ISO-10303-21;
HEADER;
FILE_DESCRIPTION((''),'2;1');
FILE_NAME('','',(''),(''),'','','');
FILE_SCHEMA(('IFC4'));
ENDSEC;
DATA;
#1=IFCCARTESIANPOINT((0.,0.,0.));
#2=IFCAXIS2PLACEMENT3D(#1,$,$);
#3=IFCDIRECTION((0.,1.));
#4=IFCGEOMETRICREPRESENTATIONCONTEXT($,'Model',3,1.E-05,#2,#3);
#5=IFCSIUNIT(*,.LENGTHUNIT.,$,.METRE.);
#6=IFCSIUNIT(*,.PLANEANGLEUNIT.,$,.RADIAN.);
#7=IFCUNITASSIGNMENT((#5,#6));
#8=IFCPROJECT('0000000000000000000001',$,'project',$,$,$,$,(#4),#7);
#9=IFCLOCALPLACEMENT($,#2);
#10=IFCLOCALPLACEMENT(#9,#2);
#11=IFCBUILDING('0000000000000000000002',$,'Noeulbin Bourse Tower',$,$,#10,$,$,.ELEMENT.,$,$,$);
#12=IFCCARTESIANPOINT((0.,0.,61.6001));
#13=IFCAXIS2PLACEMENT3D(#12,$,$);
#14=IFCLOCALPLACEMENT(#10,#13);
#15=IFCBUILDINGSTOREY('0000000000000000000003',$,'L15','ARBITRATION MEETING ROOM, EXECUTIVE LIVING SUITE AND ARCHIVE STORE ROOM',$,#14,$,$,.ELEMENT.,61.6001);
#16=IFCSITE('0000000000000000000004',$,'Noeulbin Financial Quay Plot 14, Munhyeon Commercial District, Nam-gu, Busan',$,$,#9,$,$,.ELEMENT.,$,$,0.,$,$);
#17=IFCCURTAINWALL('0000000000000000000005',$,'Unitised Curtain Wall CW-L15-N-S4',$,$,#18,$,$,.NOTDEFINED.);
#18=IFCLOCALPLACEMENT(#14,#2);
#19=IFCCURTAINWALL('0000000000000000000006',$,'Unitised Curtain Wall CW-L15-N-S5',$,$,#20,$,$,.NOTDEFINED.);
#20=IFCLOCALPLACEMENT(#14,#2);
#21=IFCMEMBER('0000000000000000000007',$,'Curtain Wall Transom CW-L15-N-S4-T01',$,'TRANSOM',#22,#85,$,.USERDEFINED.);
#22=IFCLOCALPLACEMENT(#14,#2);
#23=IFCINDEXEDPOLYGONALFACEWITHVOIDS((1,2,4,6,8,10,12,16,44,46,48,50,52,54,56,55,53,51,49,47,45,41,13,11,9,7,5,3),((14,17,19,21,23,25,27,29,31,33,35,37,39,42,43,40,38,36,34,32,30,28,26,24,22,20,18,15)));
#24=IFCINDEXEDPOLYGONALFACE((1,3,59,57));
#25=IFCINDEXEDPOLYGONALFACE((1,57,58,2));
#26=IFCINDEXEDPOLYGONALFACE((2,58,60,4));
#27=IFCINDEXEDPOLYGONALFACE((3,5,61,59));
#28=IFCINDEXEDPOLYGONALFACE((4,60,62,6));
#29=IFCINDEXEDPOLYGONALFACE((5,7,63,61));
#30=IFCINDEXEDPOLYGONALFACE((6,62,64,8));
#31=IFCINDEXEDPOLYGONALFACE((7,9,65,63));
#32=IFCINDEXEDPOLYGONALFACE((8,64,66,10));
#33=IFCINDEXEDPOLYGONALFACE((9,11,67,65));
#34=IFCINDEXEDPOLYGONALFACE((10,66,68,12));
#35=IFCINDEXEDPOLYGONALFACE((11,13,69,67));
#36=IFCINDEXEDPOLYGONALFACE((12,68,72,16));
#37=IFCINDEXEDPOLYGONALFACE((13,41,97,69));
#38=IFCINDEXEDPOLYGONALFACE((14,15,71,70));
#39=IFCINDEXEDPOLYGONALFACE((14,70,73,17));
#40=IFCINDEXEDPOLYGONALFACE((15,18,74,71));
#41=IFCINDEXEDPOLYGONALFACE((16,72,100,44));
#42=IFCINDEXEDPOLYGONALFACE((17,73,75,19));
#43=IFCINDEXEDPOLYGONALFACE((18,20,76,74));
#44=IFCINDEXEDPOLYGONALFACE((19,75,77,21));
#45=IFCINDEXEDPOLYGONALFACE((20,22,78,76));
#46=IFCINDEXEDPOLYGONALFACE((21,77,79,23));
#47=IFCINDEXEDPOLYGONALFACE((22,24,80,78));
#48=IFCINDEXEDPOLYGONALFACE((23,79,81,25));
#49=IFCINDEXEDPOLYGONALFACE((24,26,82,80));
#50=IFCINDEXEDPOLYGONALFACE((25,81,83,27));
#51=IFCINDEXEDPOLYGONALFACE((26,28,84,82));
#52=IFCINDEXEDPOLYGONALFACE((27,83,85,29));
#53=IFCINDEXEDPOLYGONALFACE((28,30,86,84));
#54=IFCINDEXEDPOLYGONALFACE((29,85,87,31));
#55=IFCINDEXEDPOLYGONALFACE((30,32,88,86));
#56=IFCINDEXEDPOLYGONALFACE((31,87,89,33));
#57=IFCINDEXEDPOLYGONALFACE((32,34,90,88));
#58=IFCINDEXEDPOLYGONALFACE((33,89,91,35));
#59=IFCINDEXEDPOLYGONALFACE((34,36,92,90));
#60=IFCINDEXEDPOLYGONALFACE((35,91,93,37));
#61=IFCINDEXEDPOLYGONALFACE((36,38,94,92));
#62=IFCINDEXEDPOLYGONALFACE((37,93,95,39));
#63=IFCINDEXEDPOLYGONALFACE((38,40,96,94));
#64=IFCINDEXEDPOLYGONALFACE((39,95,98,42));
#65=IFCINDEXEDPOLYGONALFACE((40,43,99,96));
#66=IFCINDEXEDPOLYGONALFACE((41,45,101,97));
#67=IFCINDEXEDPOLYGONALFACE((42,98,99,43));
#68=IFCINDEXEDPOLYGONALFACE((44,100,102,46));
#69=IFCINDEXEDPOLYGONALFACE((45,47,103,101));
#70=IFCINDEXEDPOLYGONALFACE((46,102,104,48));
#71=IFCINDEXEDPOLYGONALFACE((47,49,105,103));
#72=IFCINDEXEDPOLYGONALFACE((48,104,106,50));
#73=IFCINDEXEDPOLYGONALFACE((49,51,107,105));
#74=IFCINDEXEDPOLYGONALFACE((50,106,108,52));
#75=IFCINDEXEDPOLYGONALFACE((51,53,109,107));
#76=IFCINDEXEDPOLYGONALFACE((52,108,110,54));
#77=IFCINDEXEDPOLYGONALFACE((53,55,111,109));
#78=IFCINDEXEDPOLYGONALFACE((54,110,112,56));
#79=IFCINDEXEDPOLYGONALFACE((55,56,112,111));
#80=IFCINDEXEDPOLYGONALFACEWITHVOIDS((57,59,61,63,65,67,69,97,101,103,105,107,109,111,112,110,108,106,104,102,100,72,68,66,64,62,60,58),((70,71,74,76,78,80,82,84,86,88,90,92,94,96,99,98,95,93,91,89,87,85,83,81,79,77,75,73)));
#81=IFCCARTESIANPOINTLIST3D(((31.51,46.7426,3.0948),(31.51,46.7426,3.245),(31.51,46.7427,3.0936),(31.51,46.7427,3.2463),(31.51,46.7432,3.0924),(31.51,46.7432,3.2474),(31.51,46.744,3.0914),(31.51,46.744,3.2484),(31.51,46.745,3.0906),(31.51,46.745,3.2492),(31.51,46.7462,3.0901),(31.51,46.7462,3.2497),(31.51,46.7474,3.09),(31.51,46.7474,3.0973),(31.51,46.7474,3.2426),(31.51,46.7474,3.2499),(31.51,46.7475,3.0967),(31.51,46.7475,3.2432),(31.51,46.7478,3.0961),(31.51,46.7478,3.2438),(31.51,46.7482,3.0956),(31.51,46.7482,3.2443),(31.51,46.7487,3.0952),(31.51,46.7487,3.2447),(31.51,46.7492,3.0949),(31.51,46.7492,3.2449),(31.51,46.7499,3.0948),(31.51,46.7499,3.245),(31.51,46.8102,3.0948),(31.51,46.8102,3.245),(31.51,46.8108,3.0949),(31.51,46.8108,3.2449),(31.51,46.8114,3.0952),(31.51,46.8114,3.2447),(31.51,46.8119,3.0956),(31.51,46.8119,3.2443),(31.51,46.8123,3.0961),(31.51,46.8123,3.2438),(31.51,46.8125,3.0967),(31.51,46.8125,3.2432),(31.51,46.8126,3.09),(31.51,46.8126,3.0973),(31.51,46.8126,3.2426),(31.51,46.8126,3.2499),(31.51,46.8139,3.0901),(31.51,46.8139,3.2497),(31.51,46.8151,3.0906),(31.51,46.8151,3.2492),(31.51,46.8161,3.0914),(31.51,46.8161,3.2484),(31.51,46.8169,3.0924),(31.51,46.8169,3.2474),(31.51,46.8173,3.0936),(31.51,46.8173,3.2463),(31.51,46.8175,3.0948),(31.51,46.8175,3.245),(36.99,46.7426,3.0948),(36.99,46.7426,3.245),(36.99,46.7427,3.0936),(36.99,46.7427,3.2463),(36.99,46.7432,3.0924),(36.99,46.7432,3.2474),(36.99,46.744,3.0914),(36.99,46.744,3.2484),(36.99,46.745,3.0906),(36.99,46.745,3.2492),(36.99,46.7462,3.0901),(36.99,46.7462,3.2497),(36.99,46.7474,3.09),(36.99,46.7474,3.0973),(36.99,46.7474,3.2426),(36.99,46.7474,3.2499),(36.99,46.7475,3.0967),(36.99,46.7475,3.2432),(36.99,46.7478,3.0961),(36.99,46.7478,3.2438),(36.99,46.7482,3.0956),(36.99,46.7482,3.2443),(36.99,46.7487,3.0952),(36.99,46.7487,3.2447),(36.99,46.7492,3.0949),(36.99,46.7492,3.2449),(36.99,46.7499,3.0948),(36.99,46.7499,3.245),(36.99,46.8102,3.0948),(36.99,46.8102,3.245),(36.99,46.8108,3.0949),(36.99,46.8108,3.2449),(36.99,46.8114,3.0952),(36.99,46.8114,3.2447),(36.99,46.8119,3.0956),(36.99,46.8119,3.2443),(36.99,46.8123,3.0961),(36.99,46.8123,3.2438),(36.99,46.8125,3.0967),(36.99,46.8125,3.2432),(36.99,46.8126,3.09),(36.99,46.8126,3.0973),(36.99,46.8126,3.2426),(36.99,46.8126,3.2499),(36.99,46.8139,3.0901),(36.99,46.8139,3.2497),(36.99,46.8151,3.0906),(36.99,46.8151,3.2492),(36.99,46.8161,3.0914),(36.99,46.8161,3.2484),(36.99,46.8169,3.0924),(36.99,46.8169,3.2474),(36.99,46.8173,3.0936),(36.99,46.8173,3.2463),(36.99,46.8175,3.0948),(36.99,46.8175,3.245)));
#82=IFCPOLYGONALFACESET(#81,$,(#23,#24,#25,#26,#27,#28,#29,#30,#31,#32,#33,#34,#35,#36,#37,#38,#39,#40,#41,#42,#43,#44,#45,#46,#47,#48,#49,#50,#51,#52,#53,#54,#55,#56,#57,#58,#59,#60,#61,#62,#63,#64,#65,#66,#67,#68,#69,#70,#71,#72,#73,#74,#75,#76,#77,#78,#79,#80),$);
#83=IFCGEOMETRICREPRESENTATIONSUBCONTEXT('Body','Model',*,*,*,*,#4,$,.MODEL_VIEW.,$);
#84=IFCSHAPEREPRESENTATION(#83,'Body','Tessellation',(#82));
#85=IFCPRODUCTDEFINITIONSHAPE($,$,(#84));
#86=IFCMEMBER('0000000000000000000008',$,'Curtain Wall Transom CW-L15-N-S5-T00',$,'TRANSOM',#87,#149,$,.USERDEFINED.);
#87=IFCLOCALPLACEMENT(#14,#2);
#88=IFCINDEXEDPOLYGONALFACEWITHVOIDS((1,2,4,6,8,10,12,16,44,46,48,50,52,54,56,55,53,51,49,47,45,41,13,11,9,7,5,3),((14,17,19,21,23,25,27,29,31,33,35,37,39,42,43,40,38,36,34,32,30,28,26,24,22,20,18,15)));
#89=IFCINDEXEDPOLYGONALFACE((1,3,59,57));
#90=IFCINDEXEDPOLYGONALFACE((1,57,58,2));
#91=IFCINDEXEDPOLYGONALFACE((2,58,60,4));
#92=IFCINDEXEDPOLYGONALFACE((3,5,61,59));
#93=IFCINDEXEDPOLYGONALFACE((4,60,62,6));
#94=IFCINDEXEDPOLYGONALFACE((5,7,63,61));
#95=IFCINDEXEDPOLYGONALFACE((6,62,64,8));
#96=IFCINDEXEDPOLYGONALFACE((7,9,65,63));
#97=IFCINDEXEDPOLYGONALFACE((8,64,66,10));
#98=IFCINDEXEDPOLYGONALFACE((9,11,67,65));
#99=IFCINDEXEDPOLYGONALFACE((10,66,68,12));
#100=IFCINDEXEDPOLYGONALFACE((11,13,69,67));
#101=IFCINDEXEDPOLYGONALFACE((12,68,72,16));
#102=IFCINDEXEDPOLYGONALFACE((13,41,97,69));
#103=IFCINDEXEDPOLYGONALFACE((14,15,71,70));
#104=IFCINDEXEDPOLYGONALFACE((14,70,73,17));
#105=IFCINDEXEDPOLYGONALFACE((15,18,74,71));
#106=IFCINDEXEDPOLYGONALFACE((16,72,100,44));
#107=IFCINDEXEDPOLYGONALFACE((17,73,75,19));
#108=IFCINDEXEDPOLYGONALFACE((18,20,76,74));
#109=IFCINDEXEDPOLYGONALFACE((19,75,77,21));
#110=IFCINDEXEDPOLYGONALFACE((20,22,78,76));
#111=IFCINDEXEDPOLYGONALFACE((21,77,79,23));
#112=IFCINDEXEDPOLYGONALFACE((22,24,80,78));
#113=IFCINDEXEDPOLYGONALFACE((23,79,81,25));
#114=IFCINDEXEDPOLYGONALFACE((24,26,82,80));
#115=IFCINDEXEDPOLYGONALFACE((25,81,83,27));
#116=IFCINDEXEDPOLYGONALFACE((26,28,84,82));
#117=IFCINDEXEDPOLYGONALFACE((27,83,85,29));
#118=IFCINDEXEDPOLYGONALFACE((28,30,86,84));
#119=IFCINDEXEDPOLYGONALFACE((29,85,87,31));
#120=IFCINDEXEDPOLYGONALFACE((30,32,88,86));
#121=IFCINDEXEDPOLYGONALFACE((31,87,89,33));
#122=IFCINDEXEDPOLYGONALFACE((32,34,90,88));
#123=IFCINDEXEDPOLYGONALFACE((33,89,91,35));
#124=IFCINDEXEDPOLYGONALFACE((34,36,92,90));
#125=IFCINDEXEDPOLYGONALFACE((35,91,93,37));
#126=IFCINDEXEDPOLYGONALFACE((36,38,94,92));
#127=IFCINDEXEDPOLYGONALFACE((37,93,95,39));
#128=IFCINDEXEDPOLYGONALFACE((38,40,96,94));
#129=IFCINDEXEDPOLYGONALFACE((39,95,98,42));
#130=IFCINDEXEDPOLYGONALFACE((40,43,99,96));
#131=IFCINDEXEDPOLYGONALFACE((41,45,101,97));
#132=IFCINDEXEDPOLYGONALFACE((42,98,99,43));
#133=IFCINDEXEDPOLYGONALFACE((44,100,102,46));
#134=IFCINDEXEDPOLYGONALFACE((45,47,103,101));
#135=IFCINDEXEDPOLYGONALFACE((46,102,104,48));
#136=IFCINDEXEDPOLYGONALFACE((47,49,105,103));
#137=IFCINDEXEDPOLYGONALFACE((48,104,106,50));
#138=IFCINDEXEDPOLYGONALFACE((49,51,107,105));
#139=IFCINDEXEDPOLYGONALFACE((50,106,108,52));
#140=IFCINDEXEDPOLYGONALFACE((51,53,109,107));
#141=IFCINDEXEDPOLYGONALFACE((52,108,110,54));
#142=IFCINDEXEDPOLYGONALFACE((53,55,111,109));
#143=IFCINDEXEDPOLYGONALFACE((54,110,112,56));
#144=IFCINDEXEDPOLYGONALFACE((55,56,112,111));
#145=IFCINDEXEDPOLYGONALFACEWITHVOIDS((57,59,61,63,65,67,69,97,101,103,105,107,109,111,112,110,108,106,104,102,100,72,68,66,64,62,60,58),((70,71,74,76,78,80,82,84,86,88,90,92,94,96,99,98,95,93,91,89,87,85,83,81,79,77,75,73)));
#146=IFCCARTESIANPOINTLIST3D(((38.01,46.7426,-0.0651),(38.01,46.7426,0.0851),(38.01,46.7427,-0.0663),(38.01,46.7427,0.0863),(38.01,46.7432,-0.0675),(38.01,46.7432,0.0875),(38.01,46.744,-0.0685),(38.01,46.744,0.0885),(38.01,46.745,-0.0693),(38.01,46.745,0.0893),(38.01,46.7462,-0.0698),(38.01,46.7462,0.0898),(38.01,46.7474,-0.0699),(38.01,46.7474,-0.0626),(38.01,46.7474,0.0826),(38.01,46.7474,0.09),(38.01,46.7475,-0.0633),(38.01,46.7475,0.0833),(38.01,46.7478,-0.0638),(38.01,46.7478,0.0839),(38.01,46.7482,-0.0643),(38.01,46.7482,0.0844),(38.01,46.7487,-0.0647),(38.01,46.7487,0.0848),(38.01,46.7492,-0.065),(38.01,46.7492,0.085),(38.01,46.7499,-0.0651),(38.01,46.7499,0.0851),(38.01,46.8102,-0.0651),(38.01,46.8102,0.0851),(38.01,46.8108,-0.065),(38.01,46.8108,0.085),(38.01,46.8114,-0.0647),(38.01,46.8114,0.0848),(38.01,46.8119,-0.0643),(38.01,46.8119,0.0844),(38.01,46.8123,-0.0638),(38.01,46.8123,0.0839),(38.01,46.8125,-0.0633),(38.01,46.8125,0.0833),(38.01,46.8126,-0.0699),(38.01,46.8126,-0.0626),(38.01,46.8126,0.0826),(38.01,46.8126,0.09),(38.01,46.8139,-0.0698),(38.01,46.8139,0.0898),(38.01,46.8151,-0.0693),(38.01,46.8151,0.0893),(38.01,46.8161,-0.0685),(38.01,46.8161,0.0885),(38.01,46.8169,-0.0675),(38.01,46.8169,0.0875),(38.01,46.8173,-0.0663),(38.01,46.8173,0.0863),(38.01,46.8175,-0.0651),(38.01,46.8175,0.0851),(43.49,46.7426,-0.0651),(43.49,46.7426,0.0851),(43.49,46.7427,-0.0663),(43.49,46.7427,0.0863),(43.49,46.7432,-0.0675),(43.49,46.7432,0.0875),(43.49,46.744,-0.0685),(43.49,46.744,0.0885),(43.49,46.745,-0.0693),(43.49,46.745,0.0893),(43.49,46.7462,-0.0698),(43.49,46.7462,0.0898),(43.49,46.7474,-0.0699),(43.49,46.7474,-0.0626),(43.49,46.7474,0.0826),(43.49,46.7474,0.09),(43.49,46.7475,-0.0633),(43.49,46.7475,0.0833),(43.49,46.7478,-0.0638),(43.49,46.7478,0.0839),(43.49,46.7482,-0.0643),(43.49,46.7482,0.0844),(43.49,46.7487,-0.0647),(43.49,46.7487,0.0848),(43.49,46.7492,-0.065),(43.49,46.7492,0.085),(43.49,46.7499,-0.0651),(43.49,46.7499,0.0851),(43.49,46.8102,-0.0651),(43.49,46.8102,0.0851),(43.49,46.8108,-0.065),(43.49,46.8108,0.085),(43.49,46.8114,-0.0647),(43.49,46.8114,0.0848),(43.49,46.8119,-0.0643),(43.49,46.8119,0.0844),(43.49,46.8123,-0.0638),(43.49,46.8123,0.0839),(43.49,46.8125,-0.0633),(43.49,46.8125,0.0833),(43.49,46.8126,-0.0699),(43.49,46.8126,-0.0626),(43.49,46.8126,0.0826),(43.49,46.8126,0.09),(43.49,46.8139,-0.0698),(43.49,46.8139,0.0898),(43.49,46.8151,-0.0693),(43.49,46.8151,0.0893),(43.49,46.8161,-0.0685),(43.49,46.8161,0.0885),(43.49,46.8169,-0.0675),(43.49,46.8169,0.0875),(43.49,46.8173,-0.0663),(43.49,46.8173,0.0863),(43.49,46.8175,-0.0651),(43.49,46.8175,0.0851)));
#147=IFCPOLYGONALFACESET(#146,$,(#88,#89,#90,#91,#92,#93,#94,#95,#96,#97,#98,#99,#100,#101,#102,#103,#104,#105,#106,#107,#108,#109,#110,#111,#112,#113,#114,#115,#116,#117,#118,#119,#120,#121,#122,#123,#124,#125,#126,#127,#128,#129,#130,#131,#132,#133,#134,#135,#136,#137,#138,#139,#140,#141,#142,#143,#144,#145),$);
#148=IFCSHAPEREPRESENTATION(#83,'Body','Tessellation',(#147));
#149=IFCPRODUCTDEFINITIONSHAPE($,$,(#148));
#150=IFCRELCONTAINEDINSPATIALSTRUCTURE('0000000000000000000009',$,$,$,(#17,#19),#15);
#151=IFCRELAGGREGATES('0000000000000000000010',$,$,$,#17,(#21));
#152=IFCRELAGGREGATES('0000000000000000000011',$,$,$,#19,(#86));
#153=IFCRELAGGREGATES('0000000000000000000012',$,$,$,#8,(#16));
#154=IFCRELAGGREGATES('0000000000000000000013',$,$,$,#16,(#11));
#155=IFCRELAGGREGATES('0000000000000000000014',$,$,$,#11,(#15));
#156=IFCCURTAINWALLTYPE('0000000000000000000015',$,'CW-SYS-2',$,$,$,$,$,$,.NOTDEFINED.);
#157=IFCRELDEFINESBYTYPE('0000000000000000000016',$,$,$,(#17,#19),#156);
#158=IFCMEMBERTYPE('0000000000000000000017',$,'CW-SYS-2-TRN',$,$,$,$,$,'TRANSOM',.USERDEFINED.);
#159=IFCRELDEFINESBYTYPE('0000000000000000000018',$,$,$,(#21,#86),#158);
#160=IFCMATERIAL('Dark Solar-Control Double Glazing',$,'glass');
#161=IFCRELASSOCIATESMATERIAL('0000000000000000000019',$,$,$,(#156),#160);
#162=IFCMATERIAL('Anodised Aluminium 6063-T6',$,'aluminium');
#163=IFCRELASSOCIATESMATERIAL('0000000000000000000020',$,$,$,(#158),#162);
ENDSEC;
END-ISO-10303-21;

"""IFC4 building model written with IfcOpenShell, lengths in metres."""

from ifc_helpers import new_model, si_unit, direction, frame, origin, origin_2d, place, context, subcontext, project, spatial, hollow_rectangle, extrude, material, material_profile, profile_set, type_object, element, aggregate, save


model = new_model("IFC4")

# Units and contexts
model_context = context("Model", 3, precision=1e-05, world=origin(), true_north=direction((0.0, 1.0)))
body_context = subcontext(model_context, "Body", "Model", "MODEL_VIEW")
ifc_project = project(units=[si_unit("LENGTHUNIT", "METRE"), si_unit("PLANEANGLEUNIT", "RADIAN")], contexts=[model_context])

# Site, building, storey
site_placement = place(None, origin())
site = spatial("IfcSite", under=ifc_project, at=site_placement, Name="Noeulbin Financial Quay Plot 14, Munhyeon Commercial District, Nam-gu, Busan", CompositionType="ELEMENT", RefElevation=0.0)
building_placement = place(site_placement, origin())
building = spatial("IfcBuilding", under=site, at=building_placement, Name="Noeulbin Bourse Tower", CompositionType="ELEMENT")
storey_placement = place(building_placement, frame((0.0, 0.0, 61.6001)))
storey = spatial("IfcBuildingStorey", under=building, at=storey_placement, Name="L15", Description="ARBITRATION MEETING ROOM, EXECUTIVE LIVING SUITE AND ARCHIVE STORE ROOM", CompositionType="ELEMENT", Elevation=61.6001)

# Shared definitions
ifc_material_1 = material(Name="Dark Solar-Control Double Glazing", Category="glass")
curtain_wall_type = type_object("IfcCurtainWallType", Name="CW-SYS-2", PredefinedType="NOTDEFINED", material=ifc_material_1)
ifc_material_2 = material(Name="Anodised Aluminium 6063-T6", Category="aluminium")

# Curtain wall
curtain_wall_1_placement = place(storey_placement, origin())
curtain_wall_1 = element("IfcCurtainWall", 1, at=curtain_wall_1_placement, inside=storey, type_object=curtain_wall_type, Name="Unitised Curtain Wall CW-L15-N-S4", PredefinedType="NOTDEFINED")

# Curtain wall
curtain_wall_2_placement = place(storey_placement, origin())
curtain_wall_2 = element("IfcCurtainWall", 2, at=curtain_wall_2_placement, inside=storey, type_object=curtain_wall_type, Name="Unitised Curtain Wall CW-L15-N-S5", PredefinedType="NOTDEFINED")

# Members
ifc_material_profile_1 = material_profile(ifc_material_2, hollow_rectangle(XDim=0.075, YDim=0.1599, WallThickness=0.0049, InnerFilletRadius=0.0024, OuterFilletRadius=0.0049, at=origin_2d()), Name="ALU-TRAN-75x160x5", Category="LoadBearing")
ifc_profile_set_1 = profile_set([ifc_material_profile_1], Name="Anodised Aluminium 6063-T6")
member_type_1 = type_object("IfcMemberType", Name="CW-SYS-2-TRN", ElementType="TRANSOM", PredefinedType="USERDEFINED", material=ifc_profile_set_1)
member_1_placement = place(storey_placement, frame((31.51, 46.78, 3.1699), z_axis=(1.0, 0.0, 0.0), x_axis=(0.0, 1.0, 0.0)))
member_1 = element("IfcMember", 3, at=member_1_placement, type_object=member_type_1, Name="Curtain Wall Transom CW-L15-N-S4-T01", ObjectType="TRANSOM", PredefinedType="USERDEFINED", context=body_context, shape_type="SweptSolid", body=[
    extrude(hollow_rectangle(XDim=0.075, YDim=0.1599, WallThickness=0.0049, InnerFilletRadius=0.0024, OuterFilletRadius=0.0049, at=origin_2d()), origin(), (0.0, 0.0, 1.0), 5.48),
])
member_2_placement = place(storey_placement, frame((38.01, 46.78, 0.01), z_axis=(1.0, 0.0, 0.0), x_axis=(0.0, 1.0, 0.0)))
member_2 = element("IfcMember", 4, at=member_2_placement, type_object=member_type_1, Name="Curtain Wall Transom CW-L15-N-S5-T00", ObjectType="TRANSOM", PredefinedType="USERDEFINED", context=body_context, shape_type="SweptSolid", body=[
    extrude(hollow_rectangle(XDim=0.075, YDim=0.1599, WallThickness=0.0049, InnerFilletRadius=0.0024, OuterFilletRadius=0.0049, at=origin_2d()), origin(), (0.0, 0.0, 1.0), 5.48),
])

aggregate(curtain_wall_1, [member_1])
aggregate(curtain_wall_2, [member_2])

save(model, "model.ifc")
